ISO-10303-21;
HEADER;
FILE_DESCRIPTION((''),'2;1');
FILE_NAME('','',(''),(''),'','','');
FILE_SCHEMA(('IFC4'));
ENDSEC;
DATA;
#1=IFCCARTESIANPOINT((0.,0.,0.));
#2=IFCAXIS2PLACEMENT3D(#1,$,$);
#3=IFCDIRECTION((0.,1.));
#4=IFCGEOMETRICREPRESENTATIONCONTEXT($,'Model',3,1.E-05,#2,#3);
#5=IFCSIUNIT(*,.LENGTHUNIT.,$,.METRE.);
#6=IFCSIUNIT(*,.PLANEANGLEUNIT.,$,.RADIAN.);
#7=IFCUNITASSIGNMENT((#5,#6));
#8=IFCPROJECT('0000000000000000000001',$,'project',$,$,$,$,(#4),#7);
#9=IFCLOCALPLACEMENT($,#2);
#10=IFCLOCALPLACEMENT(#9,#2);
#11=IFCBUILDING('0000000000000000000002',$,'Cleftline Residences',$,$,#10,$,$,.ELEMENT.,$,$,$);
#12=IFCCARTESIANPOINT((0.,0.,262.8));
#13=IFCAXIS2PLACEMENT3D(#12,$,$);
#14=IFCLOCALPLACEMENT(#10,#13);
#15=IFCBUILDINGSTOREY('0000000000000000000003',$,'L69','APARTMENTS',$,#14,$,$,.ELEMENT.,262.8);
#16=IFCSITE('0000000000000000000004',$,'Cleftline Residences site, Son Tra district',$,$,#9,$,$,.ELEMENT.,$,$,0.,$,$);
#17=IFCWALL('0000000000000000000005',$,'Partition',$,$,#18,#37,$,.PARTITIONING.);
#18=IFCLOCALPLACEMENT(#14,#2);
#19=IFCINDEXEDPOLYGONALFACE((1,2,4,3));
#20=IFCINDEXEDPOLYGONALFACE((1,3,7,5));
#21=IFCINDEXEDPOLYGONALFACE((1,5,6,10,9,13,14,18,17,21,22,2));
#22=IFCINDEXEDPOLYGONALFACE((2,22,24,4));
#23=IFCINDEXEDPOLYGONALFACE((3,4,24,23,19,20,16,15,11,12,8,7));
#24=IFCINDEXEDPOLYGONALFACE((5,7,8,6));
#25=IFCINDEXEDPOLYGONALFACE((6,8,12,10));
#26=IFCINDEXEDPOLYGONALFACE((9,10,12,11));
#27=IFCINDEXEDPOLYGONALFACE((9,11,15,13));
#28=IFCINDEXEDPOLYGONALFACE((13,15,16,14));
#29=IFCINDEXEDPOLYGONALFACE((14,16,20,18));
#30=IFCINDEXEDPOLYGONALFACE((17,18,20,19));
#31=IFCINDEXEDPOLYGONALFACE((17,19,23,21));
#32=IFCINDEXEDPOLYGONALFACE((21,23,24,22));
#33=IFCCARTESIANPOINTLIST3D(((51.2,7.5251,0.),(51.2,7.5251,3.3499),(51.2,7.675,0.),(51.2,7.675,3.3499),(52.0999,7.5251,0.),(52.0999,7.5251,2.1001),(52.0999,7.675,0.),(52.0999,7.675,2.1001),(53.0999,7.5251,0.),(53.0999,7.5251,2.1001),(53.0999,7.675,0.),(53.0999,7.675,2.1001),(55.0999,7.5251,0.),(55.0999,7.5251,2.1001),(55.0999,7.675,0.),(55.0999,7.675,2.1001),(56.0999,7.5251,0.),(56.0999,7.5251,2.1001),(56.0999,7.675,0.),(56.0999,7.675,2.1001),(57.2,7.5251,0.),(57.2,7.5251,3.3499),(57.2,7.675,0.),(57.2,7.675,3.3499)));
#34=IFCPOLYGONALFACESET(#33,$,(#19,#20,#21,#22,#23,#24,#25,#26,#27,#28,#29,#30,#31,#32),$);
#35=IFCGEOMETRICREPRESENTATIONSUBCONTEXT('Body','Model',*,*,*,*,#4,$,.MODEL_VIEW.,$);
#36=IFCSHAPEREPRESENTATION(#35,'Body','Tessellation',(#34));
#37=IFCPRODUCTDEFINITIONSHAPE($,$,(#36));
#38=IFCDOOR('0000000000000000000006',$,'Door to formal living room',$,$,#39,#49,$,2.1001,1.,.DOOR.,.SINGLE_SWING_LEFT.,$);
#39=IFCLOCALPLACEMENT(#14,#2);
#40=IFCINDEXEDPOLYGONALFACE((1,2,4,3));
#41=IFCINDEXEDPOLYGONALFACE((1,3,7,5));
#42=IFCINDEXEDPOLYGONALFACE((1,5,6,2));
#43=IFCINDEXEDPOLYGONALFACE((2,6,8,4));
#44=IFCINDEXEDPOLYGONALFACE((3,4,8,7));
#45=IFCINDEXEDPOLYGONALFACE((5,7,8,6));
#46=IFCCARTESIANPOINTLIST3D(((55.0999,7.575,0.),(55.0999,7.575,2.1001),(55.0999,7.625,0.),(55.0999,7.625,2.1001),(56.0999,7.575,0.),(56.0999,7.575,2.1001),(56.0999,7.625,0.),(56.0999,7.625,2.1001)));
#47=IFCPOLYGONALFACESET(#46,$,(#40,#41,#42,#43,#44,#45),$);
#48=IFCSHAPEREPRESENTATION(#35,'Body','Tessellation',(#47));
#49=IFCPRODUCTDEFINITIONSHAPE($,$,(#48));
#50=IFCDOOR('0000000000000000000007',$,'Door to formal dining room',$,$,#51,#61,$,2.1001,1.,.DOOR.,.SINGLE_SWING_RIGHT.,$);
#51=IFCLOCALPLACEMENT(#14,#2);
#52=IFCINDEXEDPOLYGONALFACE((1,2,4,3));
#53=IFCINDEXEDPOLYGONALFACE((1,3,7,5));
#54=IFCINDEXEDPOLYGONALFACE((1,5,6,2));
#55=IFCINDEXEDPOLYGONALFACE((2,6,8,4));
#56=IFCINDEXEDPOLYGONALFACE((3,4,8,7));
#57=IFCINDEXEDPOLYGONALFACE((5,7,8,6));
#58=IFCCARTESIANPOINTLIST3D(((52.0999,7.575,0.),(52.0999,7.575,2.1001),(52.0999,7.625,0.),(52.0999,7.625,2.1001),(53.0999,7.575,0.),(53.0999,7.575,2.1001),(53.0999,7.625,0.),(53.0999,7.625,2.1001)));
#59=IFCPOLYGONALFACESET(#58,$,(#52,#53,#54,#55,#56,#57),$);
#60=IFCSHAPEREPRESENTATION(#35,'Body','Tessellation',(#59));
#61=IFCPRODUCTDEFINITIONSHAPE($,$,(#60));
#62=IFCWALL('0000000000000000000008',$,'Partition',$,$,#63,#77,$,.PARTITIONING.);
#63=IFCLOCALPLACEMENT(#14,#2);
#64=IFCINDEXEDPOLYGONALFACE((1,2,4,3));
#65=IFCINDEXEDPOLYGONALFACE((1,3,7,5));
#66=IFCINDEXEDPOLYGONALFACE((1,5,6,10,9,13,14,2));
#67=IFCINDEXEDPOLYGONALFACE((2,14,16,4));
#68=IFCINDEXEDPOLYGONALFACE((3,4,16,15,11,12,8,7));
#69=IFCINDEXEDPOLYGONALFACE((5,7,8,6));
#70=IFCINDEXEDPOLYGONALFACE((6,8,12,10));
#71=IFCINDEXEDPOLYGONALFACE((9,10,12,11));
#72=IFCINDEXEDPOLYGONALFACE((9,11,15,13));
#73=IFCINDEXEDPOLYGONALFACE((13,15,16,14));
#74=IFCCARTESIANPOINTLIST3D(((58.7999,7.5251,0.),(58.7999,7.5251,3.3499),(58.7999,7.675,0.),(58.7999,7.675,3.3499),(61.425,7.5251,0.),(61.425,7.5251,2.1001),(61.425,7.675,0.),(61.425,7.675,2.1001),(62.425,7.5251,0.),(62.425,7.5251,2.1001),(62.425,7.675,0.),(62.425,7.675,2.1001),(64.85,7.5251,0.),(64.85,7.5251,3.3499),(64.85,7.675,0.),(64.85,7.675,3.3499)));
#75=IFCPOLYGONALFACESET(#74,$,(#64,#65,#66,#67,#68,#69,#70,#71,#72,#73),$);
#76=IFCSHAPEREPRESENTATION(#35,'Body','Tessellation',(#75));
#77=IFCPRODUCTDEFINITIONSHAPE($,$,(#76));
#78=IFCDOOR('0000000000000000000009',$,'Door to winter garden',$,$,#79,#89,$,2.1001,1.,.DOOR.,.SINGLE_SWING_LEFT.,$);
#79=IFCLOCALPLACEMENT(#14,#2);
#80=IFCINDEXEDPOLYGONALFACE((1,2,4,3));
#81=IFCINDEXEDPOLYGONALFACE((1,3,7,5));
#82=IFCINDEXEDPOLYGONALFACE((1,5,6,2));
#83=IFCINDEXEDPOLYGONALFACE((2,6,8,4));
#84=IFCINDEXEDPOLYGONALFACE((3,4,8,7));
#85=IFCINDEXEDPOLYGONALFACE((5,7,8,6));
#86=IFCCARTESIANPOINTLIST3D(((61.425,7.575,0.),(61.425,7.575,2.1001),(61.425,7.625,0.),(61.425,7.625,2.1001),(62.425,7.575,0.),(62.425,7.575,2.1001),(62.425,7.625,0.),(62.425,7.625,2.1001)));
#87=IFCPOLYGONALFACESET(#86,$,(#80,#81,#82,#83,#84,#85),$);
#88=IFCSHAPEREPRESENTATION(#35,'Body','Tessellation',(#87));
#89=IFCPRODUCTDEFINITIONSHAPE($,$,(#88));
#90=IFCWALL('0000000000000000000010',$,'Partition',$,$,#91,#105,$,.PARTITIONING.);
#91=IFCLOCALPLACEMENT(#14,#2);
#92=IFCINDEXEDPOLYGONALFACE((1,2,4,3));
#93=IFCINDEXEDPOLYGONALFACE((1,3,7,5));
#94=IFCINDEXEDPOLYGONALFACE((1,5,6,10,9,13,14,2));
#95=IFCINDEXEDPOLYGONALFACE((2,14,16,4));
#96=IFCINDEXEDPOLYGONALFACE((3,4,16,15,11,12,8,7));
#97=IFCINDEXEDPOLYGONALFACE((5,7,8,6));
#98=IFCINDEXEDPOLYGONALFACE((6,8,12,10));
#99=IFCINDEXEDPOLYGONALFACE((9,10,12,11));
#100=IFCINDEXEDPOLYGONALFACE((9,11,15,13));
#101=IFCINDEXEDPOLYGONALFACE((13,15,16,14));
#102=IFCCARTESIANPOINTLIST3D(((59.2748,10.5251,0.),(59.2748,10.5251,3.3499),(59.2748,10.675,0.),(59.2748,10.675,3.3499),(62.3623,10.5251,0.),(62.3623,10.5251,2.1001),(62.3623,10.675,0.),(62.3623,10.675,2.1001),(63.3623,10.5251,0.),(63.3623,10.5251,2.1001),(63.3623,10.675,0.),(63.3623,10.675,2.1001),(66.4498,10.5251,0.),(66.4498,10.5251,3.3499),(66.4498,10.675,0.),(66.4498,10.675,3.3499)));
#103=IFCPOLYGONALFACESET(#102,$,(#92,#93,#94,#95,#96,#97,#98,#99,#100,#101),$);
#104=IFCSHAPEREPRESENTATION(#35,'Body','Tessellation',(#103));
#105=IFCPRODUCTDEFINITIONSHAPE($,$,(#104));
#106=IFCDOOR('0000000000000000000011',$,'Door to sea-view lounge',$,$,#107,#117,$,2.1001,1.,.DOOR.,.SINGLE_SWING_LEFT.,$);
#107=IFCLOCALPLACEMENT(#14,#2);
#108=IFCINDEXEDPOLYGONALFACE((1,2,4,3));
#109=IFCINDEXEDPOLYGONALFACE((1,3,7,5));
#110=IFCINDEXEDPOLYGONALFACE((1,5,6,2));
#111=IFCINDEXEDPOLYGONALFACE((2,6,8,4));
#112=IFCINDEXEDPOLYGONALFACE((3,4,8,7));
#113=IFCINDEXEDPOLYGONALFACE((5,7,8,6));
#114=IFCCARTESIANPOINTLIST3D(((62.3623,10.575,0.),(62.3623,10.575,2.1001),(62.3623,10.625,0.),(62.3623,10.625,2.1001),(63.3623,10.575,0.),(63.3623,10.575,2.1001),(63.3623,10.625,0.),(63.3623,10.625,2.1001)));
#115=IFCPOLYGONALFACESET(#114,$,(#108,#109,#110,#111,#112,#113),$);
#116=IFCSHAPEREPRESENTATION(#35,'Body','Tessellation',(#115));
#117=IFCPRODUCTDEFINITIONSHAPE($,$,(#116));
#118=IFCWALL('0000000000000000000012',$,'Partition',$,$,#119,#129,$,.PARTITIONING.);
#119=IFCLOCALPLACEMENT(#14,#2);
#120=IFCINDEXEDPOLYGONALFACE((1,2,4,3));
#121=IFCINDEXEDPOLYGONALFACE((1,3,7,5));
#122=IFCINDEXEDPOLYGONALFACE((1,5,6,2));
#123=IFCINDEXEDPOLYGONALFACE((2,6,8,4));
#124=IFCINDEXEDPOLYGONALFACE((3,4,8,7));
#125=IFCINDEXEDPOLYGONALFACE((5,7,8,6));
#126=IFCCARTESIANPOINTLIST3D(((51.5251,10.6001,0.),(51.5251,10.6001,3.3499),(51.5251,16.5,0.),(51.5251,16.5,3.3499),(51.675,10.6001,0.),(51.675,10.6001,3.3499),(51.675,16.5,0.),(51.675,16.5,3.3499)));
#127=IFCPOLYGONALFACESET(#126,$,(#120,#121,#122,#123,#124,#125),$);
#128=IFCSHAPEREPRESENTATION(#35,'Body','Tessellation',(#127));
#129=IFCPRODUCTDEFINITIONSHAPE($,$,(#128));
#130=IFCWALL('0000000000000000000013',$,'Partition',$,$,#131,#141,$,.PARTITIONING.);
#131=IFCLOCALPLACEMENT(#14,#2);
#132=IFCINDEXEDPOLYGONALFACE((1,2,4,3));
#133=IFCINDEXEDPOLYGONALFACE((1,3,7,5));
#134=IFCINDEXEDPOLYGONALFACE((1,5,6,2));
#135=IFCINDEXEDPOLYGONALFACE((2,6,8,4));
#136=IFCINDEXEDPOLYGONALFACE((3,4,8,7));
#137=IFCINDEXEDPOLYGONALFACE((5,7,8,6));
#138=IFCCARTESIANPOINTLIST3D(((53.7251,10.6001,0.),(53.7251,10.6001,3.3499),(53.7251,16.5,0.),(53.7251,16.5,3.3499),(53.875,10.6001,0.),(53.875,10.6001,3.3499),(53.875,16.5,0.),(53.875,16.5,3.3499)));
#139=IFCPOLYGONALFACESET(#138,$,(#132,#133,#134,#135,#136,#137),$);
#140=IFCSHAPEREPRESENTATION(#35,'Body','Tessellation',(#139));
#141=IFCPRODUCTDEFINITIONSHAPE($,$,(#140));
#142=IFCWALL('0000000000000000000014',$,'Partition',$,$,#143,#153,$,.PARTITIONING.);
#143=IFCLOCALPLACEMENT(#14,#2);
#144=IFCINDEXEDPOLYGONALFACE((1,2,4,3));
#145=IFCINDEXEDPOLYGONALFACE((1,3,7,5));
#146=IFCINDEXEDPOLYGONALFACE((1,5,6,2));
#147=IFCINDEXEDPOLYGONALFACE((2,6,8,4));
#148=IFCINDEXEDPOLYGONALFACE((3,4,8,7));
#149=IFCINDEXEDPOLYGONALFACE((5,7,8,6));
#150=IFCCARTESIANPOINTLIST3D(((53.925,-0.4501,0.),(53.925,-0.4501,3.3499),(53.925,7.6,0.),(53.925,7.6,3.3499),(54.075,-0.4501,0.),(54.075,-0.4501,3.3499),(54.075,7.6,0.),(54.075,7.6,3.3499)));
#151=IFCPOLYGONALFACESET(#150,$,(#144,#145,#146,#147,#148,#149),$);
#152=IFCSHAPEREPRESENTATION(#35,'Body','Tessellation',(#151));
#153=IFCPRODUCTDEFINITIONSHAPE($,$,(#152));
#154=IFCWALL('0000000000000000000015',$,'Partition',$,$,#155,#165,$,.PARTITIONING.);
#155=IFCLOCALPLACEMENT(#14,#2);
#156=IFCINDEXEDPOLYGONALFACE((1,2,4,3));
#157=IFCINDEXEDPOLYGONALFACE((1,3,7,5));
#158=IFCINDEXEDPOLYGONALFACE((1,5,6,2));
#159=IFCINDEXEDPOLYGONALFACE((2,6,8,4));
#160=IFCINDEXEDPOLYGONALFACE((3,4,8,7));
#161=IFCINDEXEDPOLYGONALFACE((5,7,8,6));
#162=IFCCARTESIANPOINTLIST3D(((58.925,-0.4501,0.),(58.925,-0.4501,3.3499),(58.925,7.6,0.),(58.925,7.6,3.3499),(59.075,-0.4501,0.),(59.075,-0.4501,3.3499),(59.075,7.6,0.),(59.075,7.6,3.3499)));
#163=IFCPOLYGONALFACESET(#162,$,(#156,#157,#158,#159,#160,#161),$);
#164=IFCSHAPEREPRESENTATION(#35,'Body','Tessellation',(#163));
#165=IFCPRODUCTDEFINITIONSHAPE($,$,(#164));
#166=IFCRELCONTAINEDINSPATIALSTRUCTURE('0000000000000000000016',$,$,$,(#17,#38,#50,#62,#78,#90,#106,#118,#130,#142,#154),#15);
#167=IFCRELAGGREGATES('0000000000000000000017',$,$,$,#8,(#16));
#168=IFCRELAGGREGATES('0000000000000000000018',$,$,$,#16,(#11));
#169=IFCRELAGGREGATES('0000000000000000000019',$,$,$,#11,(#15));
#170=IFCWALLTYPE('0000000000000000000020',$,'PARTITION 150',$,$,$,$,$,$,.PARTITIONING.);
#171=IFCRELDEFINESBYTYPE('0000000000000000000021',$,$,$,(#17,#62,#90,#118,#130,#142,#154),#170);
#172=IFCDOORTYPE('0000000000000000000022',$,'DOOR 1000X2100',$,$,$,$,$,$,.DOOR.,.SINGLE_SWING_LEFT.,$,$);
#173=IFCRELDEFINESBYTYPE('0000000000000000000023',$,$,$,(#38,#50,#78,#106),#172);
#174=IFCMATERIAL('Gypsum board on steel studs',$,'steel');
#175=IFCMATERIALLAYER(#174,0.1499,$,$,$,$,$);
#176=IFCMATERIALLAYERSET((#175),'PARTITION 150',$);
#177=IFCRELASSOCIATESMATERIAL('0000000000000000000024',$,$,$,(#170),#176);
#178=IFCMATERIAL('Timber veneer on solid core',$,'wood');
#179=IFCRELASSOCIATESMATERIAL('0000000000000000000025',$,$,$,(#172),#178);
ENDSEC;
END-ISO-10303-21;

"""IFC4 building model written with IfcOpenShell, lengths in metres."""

from ifc_helpers import new_model, si_unit, direction, frame, frame_2d, origin, place, context, subcontext, project, spatial, rectangle, extrude, material, layer, layer_set, type_object, element, fill, save


model = new_model("IFC4")

# Units and contexts
model_context = context("Model", 3, precision=1e-05, world=origin(), true_north=direction((0.0, 1.0)))
body_context = subcontext(model_context, "Body", "Model", "MODEL_VIEW")
ifc_project = project(units=[si_unit("LENGTHUNIT", "METRE"), si_unit("PLANEANGLEUNIT", "RADIAN")], contexts=[model_context])

# Site, building, storey
site_placement = place(None, origin())
site = spatial("IfcSite", under=ifc_project, at=site_placement, Name="Cleftline Residences site, Son Tra district", CompositionType="ELEMENT", RefElevation=0.0)
building_placement = place(site_placement, origin())
building = spatial("IfcBuilding", under=site, at=building_placement, Name="Cleftline Residences", CompositionType="ELEMENT")
storey_placement = place(building_placement, frame((0.0, 0.0, 262.8)))
storey = spatial("IfcBuildingStorey", under=building, at=storey_placement, Name="L69", Description="APARTMENTS", CompositionType="ELEMENT", Elevation=262.8)

# Wall, openings, doors
ifc_material_1 = material(Name="Gypsum board on steel studs", Category="steel")
ifc_layer_1 = layer(ifc_material_1, 0.1499)
ifc_layer_set_1 = layer_set([ifc_layer_1], Name="PARTITION 150")
wall_type_1 = type_object("IfcWallType", Name="PARTITION 150", PredefinedType="PARTITIONING", material=ifc_layer_set_1)
wall_1_placement = place(storey_placement, frame((51.2, 7.6001, 0.0), z_axis=(0.0, 0.0, 1.0), x_axis=(1.0, 0.0, 0.0)))
wall_1 = element("IfcWall", 1, at=wall_1_placement, inside=storey, type_object=wall_type_1, Name="Partition", PredefinedType="PARTITIONING", context=body_context, shape_type="SweptSolid", body=[
    extrude(rectangle(XDim=6.0, YDim=0.1499, at=frame_2d((3.0, 0.0))), origin(), (0.0, 0.0, 1.0), 3.3499),
])
opening_1_placement = place(wall_1_placement, frame((3.8999, 0.0, 0.0)))
opening_1 = element("IfcOpeningElement", 2, at=opening_1_placement, cuts=wall_1, PredefinedType="OPENING", context=body_context, shape_type="SweptSolid", body=[
    extrude(rectangle(XDim=1.0, YDim=2.1001, at=frame_2d((0.5, 1.05))), frame((0.0, 0.085, 0.0), z_axis=(0.0, -1.0, 0.0), x_axis=(1.0, 0.0, 0.0)), (0.0, 0.0, 1.0), 0.1699),
])
opening_2_placement = place(wall_1_placement, frame((0.8999, 0.0, 0.0)))
opening_2 = element("IfcOpeningElement", 3, at=opening_2_placement, cuts=wall_1, PredefinedType="OPENING", context=body_context, shape_type="SweptSolid", body=[
    extrude(rectangle(XDim=1.0, YDim=2.1001, at=frame_2d((0.5, 1.05))), frame((0.0, 0.085, 0.0), z_axis=(0.0, -1.0, 0.0), x_axis=(1.0, 0.0, 0.0)), (0.0, 0.0, 1.0), 0.1699),
])
ifc_material_2 = material(Name="Timber veneer on solid core", Category="wood")
door_type_1 = type_object("IfcDoorType", Name="DOOR 1000X2100", OperationType="SINGLE_SWING_LEFT", PredefinedType="DOOR", material=ifc_material_2)
door_1_placement = place(opening_1_placement, origin())
door_1 = element("IfcDoor", 4, at=door_1_placement, inside=storey, type_object=door_type_1, Name="Door to formal living room", OperationType="SINGLE_SWING_LEFT", OverallHeight=2.1001, OverallWidth=1.0, PredefinedType="DOOR", context=body_context, shape_type="SweptSolid", body=[
    extrude(rectangle(XDim=1.0, YDim=2.1001, at=frame_2d((0.5, 1.05))), frame((0.0, 0.0249, 0.0), z_axis=(0.0, -1.0, 0.0), x_axis=(1.0, 0.0, 0.0)), (0.0, 0.0, 1.0), 0.05),
])
fill(opening_1, door_1)
door_2_placement = place(opening_2_placement, origin())
door_2 = element("IfcDoor", 5, at=door_2_placement, inside=storey, type_object=door_type_1, Name="Door to formal dining room", OperationType="SINGLE_SWING_RIGHT", OverallHeight=2.1001, OverallWidth=1.0, PredefinedType="DOOR", context=body_context, shape_type="SweptSolid", body=[
    extrude(rectangle(XDim=1.0, YDim=2.1001, at=frame_2d((0.5, 1.05))), frame((0.0, 0.0249, 0.0), z_axis=(0.0, -1.0, 0.0), x_axis=(1.0, 0.0, 0.0)), (0.0, 0.0, 1.0), 0.05),
])
fill(opening_2, door_2)

# Walls, openings, doors
wall_2_placement = place(storey_placement, frame((58.8, 7.6001, 0.0), z_axis=(0.0, 0.0, 1.0), x_axis=(1.0, 0.0, 0.0)))
wall_2 = element("IfcWall", 6, at=wall_2_placement, inside=storey, type_object=wall_type_1, Name="Partition", PredefinedType="PARTITIONING", context=body_context, shape_type="SweptSolid", body=[
    extrude(rectangle(XDim=6.05, YDim=0.1499, at=frame_2d((3.0249, 0.0))), origin(), (0.0, 0.0, 1.0), 3.3499),
])
opening_3_placement = place(wall_2_placement, frame((2.625, 0.0, 0.0)))
opening_3 = element("IfcOpeningElement", 7, at=opening_3_placement, cuts=wall_2, PredefinedType="OPENING", context=body_context, shape_type="SweptSolid", body=[
    extrude(rectangle(XDim=1.0, YDim=2.1001, at=frame_2d((0.5, 1.05))), frame((0.0, 0.085, 0.0), z_axis=(0.0, -1.0, 0.0), x_axis=(1.0, 0.0, 0.0)), (0.0, 0.0, 1.0), 0.1699),
])
door_3_placement = place(opening_3_placement, origin())
door_3 = element("IfcDoor", 8, at=door_3_placement, inside=storey, type_object=door_type_1, Name="Door to winter garden", OperationType="SINGLE_SWING_LEFT", OverallHeight=2.1001, OverallWidth=1.0, PredefinedType="DOOR", context=body_context, shape_type="SweptSolid", body=[
    extrude(rectangle(XDim=1.0, YDim=2.1001, at=frame_2d((0.5, 1.05))), frame((0.0, 0.0249, 0.0), z_axis=(0.0, -1.0, 0.0), x_axis=(1.0, 0.0, 0.0)), (0.0, 0.0, 1.0), 0.05),
])
fill(opening_3, door_3)
wall_3_placement = place(storey_placement, frame((59.2749, 10.6001, 0.0), z_axis=(0.0, 0.0, 1.0), x_axis=(1.0, 0.0, 0.0)))
wall_3 = element("IfcWall", 9, at=wall_3_placement, inside=storey, type_object=wall_type_1, Name="Partition", PredefinedType="PARTITIONING", context=body_context, shape_type="SweptSolid", body=[
    extrude(rectangle(XDim=7.175, YDim=0.1499, at=frame_2d((3.5874, 0.0))), origin(), (0.0, 0.0, 1.0), 3.3499),
])
opening_4_placement = place(wall_3_placement, frame((3.0874, 0.0, 0.0)))
opening_4 = element("IfcOpeningElement", 10, at=opening_4_placement, cuts=wall_3, PredefinedType="OPENING", context=body_context, shape_type="SweptSolid", body=[
    extrude(rectangle(XDim=1.0, YDim=2.1001, at=frame_2d((0.5, 1.05))), frame((0.0, 0.085, 0.0), z_axis=(0.0, -1.0, 0.0), x_axis=(1.0, 0.0, 0.0)), (0.0, 0.0, 1.0), 0.1699),
])
door_4_placement = place(opening_4_placement, origin())
door_4 = element("IfcDoor", 11, at=door_4_placement, inside=storey, type_object=door_type_1, Name="Door to sea-view lounge", OperationType="SINGLE_SWING_LEFT", OverallHeight=2.1001, OverallWidth=1.0, PredefinedType="DOOR", context=body_context, shape_type="SweptSolid", body=[
    extrude(rectangle(XDim=1.0, YDim=2.1001, at=frame_2d((0.5, 1.05))), frame((0.0, 0.0249, 0.0), z_axis=(0.0, -1.0, 0.0), x_axis=(1.0, 0.0, 0.0)), (0.0, 0.0, 1.0), 0.05),
])
fill(opening_4, door_4)

# Walls
for number, where, z_axis, x_axis, name in (
    (12, (51.6001, 10.6001, 0.0), (0.0, 0.0, 1.0), (0.0, 1.0, 0.0), "Partition"),
    (13, (53.8, 10.6001, 0.0), (0.0, 0.0, 1.0), (0.0, 1.0, 0.0), "Partition"),
):
    element("IfcWall", number, at=place(storey_placement, frame(where, z_axis=z_axis, x_axis=x_axis)), inside=storey, type_object=wall_type_1, Name=name, PredefinedType="PARTITIONING", context=body_context, shape_type="SweptSolid", body=[
        extrude(rectangle(XDim=5.8999, YDim=0.1499, at=frame_2d((2.95, 0.0))), origin(), (0.0, 0.0, 1.0), 3.3499),
    ])
for number, where, z_axis, x_axis, name in (
    (14, (54.0, -0.45, 0.0), (0.0, 0.0, 1.0), (0.0, 1.0, 0.0), "Partition"),
    (15, (59.0, -0.45, 0.0), (0.0, 0.0, 1.0), (0.0, 1.0, 0.0), "Partition"),
):
    element("IfcWall", number, at=place(storey_placement, frame(where, z_axis=z_axis, x_axis=x_axis)), inside=storey, type_object=wall_type_1, Name=name, PredefinedType="PARTITIONING", context=body_context, shape_type="SweptSolid", body=[
        extrude(rectangle(XDim=8.05, YDim=0.1499, at=frame_2d((4.0249, 0.0))), origin(), (0.0, 0.0, 1.0), 3.3499),
    ])

save(model, "model.ifc")
